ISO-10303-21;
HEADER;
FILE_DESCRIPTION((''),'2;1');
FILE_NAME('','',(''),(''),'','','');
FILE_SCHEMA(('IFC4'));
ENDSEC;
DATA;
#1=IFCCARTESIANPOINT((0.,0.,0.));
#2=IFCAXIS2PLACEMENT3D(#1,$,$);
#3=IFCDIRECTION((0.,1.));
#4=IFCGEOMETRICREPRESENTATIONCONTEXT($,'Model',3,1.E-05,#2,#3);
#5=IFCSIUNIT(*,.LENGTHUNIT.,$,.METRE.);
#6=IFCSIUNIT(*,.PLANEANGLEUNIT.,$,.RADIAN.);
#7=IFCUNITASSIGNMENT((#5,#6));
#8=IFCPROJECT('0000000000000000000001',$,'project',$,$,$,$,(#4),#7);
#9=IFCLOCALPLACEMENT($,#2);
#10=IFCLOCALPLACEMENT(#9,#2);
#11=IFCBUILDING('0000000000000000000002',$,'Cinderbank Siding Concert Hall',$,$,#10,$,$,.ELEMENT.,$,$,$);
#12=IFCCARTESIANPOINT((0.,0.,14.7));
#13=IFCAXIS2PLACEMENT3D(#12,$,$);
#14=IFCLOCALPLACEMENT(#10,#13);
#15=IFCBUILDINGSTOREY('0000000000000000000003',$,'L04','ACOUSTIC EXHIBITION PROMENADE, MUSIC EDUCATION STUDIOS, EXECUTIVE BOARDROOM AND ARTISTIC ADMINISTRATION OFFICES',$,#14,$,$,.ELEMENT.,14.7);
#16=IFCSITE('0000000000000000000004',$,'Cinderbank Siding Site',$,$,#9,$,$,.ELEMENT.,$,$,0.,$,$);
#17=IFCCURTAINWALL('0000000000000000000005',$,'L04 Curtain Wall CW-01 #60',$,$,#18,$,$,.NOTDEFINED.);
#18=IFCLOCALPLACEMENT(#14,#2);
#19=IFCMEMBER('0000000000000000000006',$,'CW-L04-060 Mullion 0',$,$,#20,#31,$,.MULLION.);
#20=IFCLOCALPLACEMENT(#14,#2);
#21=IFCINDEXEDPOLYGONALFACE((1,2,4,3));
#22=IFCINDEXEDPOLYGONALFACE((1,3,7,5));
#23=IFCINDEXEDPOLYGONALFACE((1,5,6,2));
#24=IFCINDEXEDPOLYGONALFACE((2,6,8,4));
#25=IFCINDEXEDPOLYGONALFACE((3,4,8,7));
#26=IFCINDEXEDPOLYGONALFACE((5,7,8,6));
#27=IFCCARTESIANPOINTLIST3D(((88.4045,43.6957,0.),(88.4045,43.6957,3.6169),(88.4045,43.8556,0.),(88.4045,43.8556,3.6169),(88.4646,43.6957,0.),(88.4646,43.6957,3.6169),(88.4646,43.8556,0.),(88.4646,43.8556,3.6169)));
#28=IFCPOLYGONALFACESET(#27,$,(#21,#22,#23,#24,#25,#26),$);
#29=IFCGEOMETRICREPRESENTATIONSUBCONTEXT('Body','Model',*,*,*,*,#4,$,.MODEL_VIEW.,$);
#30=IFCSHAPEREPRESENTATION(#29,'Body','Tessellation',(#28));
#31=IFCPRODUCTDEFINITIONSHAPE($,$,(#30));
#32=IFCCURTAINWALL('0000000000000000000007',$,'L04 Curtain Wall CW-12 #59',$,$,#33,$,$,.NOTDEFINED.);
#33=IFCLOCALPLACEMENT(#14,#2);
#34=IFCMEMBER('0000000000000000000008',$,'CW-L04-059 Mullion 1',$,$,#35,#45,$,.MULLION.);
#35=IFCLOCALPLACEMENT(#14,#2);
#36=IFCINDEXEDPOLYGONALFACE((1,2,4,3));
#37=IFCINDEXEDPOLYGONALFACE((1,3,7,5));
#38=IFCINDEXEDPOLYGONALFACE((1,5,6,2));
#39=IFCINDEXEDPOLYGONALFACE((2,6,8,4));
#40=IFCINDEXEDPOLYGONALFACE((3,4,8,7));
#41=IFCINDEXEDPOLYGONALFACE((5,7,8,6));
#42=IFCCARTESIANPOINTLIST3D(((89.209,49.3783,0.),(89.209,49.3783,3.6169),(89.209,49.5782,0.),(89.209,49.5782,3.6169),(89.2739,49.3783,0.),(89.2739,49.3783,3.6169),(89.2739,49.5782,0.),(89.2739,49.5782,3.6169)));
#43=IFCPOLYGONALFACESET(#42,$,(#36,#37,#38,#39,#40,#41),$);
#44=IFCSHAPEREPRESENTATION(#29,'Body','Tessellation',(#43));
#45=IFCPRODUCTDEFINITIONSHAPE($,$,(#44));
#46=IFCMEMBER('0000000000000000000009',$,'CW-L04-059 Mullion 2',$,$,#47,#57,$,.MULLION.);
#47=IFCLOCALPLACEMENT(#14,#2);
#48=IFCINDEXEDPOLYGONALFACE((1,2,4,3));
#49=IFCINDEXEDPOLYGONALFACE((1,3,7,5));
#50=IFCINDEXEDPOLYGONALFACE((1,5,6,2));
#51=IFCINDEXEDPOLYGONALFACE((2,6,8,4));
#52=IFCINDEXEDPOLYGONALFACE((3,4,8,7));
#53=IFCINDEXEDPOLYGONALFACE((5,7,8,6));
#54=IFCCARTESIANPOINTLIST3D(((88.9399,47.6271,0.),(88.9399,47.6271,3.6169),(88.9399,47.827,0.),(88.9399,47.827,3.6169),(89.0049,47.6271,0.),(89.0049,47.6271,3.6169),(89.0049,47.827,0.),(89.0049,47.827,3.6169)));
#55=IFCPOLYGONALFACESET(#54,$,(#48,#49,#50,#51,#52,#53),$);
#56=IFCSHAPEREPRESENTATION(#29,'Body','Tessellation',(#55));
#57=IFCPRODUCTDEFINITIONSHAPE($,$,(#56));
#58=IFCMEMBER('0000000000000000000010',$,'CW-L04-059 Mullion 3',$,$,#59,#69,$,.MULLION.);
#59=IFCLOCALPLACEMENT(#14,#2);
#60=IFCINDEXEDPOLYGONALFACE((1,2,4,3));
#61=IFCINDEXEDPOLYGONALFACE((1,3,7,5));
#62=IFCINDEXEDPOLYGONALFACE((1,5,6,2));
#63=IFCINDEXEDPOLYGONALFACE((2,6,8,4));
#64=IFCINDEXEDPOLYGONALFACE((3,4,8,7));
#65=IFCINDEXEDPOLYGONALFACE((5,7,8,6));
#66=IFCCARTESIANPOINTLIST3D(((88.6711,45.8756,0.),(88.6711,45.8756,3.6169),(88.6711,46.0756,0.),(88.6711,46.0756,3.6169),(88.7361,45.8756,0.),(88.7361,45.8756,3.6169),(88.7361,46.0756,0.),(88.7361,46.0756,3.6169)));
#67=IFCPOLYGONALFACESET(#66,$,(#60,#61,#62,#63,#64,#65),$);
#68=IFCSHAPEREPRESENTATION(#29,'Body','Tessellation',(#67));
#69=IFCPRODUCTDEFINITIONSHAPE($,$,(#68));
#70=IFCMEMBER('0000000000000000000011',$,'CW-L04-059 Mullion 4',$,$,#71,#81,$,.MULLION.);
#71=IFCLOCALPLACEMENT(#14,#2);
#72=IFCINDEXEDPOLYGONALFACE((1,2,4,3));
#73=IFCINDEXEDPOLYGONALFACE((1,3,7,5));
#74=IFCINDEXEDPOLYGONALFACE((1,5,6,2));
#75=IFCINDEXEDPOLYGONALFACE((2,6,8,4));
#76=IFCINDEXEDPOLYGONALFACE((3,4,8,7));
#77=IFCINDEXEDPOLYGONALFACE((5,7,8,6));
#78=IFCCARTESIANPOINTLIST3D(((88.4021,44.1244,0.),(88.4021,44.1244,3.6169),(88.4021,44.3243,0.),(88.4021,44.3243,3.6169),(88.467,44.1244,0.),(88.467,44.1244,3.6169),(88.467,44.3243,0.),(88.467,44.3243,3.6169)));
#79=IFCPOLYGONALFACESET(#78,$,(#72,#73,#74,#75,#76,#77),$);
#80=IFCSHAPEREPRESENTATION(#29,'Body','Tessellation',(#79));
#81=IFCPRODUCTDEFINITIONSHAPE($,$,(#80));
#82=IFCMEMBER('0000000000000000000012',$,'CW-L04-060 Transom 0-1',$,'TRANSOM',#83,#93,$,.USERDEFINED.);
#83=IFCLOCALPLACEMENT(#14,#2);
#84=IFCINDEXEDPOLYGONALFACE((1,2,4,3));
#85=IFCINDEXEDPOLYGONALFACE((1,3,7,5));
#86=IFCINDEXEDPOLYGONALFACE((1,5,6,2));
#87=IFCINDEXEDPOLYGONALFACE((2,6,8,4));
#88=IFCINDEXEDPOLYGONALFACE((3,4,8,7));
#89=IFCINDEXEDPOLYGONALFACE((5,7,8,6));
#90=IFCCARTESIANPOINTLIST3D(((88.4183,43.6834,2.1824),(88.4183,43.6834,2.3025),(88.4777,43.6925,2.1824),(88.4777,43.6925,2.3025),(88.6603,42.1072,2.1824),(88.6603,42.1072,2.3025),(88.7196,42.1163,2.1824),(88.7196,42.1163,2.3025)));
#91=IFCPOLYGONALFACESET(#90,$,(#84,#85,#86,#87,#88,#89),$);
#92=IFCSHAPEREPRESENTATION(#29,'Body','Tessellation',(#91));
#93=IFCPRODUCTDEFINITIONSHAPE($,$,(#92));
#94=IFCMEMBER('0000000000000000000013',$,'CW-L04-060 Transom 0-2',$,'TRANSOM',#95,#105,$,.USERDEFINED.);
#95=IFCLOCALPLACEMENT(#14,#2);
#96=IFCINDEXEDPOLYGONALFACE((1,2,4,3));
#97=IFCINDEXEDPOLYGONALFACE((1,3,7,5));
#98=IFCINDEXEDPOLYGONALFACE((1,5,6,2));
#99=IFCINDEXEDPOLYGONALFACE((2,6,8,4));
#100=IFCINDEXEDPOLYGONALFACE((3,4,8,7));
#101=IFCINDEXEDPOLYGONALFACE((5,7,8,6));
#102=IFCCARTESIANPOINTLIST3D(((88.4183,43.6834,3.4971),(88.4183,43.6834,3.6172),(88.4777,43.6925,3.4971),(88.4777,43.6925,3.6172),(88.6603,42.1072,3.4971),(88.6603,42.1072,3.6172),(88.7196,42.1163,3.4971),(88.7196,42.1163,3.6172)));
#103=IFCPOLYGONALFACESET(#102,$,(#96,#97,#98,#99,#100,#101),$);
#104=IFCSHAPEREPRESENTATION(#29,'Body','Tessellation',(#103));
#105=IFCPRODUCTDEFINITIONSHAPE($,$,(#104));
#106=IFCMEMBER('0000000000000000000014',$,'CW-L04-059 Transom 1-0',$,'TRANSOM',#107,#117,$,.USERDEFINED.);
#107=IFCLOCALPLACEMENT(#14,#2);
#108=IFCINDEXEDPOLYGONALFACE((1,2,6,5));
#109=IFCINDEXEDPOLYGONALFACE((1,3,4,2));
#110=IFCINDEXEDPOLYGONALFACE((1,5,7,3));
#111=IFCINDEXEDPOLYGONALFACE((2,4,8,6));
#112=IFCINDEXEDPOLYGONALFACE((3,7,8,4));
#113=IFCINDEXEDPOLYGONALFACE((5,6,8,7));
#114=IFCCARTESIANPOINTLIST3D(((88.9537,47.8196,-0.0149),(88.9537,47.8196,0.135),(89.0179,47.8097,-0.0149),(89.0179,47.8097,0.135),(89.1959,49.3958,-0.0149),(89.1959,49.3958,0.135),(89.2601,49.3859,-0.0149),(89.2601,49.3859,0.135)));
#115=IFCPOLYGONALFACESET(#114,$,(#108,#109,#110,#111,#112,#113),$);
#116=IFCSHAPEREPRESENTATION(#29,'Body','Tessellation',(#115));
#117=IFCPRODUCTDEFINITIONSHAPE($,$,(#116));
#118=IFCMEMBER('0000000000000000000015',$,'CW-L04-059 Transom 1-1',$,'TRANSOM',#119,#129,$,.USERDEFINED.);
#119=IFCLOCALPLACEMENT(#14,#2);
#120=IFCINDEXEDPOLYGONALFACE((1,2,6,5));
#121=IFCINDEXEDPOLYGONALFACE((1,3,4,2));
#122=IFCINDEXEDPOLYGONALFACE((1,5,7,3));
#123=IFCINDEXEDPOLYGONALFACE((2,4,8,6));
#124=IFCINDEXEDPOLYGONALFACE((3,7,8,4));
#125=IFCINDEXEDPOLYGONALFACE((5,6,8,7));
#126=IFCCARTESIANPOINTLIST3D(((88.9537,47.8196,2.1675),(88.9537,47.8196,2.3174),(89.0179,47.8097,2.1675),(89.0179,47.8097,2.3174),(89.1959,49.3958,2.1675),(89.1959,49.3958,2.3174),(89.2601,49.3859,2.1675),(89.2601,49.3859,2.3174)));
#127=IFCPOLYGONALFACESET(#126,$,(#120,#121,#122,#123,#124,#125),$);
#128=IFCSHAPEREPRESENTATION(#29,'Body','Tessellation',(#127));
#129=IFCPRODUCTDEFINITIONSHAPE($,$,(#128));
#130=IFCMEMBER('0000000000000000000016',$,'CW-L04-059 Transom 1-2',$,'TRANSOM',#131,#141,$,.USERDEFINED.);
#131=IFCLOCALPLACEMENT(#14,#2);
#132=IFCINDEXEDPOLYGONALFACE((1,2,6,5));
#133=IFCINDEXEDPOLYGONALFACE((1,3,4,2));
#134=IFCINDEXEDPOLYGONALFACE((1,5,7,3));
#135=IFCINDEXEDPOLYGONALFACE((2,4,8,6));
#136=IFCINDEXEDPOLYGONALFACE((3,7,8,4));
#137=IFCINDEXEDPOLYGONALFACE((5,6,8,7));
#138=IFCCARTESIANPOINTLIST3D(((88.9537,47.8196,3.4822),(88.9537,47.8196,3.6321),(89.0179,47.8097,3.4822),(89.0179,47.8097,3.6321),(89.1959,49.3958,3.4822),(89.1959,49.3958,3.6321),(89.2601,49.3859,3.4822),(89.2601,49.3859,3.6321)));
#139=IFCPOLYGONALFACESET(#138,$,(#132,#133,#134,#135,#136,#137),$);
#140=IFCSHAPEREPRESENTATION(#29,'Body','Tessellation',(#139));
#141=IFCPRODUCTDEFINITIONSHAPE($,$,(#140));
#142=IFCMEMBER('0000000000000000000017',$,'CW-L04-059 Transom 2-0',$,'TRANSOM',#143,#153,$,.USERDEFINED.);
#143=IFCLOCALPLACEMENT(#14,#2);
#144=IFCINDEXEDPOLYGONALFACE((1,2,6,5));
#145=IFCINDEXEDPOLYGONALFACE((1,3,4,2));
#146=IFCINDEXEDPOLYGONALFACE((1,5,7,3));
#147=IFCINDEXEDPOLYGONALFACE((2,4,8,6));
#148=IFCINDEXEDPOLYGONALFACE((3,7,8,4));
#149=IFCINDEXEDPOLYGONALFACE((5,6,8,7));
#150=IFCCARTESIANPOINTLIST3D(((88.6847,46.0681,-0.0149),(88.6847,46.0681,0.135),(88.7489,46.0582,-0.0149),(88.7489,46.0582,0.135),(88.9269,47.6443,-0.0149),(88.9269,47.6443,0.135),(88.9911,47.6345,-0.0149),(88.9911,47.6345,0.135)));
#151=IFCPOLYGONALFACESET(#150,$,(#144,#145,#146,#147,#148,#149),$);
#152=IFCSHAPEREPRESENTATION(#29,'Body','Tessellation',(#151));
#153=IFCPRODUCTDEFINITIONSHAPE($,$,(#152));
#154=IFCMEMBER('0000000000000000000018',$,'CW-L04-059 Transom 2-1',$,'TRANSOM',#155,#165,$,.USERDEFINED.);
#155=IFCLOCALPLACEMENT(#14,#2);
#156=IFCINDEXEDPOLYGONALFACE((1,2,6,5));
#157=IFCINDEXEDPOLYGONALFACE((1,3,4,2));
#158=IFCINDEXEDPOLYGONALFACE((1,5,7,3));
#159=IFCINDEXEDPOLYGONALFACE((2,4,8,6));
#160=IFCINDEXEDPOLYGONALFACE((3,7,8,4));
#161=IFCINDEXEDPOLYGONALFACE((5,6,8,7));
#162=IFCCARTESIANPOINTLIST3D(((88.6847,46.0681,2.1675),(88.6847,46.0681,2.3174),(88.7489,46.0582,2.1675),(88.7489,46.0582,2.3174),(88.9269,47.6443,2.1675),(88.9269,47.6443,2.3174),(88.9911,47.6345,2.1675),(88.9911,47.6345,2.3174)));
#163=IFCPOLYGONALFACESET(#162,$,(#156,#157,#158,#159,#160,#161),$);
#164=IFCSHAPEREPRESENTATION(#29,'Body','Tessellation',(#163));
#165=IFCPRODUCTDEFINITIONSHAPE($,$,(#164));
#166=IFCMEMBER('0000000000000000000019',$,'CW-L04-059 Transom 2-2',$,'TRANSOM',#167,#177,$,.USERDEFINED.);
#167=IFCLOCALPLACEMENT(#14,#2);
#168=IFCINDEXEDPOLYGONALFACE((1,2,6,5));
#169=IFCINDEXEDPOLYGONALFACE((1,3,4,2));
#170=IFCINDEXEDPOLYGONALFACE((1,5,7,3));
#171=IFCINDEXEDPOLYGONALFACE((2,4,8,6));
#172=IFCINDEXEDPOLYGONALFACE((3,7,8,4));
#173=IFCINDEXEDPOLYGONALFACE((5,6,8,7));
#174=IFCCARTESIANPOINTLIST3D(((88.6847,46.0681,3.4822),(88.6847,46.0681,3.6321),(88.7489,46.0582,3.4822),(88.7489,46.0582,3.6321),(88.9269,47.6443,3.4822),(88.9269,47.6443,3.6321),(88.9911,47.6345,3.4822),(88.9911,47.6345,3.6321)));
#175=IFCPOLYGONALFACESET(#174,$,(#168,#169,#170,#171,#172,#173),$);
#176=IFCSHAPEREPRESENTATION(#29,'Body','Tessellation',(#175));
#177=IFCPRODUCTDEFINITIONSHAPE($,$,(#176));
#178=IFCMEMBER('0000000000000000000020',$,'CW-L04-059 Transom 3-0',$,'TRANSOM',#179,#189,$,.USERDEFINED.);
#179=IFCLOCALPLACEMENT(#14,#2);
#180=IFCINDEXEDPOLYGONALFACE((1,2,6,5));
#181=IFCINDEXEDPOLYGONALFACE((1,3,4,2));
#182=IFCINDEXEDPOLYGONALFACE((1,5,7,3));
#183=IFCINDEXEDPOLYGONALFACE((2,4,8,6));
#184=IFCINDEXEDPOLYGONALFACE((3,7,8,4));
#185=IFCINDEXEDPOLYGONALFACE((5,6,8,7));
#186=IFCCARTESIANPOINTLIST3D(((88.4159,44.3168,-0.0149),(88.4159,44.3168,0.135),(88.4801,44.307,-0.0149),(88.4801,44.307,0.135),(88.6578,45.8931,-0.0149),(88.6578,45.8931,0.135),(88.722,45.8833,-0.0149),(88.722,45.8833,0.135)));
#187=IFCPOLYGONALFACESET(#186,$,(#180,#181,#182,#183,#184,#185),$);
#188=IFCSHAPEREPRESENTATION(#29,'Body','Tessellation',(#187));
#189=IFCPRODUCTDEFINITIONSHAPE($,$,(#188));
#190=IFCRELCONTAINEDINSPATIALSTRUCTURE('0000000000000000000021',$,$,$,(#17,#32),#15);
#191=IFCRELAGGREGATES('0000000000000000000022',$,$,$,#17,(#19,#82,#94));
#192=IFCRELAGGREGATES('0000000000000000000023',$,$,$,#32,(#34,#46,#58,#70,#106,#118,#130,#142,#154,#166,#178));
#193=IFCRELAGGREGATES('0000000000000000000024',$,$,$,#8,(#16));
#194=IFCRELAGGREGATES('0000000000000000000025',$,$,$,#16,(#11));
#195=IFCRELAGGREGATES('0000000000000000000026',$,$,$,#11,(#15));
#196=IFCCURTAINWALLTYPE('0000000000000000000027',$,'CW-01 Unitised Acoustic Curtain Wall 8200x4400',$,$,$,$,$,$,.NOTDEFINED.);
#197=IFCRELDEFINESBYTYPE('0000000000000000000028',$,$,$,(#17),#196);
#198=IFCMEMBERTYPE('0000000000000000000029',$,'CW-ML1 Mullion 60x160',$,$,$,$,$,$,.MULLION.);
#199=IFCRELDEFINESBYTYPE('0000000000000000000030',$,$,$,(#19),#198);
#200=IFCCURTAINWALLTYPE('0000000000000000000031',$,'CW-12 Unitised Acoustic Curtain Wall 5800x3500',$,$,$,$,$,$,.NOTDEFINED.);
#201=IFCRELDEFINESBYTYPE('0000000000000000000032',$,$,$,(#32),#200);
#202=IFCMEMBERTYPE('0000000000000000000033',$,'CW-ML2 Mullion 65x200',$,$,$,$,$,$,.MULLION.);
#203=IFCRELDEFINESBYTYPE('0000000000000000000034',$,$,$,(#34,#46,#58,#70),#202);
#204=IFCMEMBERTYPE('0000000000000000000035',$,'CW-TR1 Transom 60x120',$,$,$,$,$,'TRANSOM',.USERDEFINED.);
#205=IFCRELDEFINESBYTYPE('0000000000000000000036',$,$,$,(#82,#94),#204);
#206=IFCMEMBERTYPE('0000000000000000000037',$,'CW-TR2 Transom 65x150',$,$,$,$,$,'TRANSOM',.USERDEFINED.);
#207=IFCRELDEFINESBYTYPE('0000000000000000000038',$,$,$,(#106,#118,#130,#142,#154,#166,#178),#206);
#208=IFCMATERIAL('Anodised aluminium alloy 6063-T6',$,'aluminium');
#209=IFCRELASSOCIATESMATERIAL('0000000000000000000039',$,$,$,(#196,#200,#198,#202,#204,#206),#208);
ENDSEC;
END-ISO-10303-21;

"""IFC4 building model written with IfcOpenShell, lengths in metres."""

from ifc_helpers import new_model, si_unit, direction, frame, origin, origin_2d, place, context, subcontext, project, spatial, rectangle, extrude, material, material_profile, profile_set, type_object, element, aggregate, save


model = new_model("IFC4")

# Units and contexts
model_context = context("Model", 3, precision=1e-05, world=origin(), true_north=direction((0.0, 1.0)))
body_context = subcontext(model_context, "Body", "Model", "MODEL_VIEW")
ifc_project = project(units=[si_unit("LENGTHUNIT", "METRE"), si_unit("PLANEANGLEUNIT", "RADIAN")], contexts=[model_context])

# Site, building, storey
site_placement = place(None, origin())
site = spatial("IfcSite", under=ifc_project, at=site_placement, Name="Cinderbank Siding Site", CompositionType="ELEMENT", RefElevation=0.0)
building_placement = place(site_placement, origin())
building = spatial("IfcBuilding", under=site, at=building_placement, Name="Cinderbank Siding Concert Hall", CompositionType="ELEMENT")
storey_placement = place(building_placement, frame((0.0, 0.0, 14.7)))
storey = spatial("IfcBuildingStorey", under=building, at=storey_placement, Name="L04", Description="ACOUSTIC EXHIBITION PROMENADE, MUSIC EDUCATION STUDIOS, EXECUTIVE BOARDROOM AND ARTISTIC ADMINISTRATION OFFICES", CompositionType="ELEMENT", Elevation=14.7)

# Curtain wall, member
ifc_material_1 = material(Name="Anodised aluminium alloy 6063-T6", Category="aluminium")
curtain_wall_type_1 = type_object("IfcCurtainWallType", Name="CW-01 Unitised Acoustic Curtain Wall 8200x4400", PredefinedType="NOTDEFINED", material=ifc_material_1)
curtain_wall_1_placement = place(storey_placement, origin())
curtain_wall_1 = element("IfcCurtainWall", 1, at=curtain_wall_1_placement, inside=storey, type_object=curtain_wall_type_1, Name="L04 Curtain Wall CW-01 #60", PredefinedType="NOTDEFINED")
ifc_material_profile_1 = material_profile(ifc_material_1, rectangle(XDim=0.0601, YDim=0.1599, at=origin_2d()), Name="ALU-MULL-60x160", Category="LoadBearing")
ifc_profile_set_1 = profile_set([ifc_material_profile_1], Name="Anodised aluminium alloy 6063-T6")
member_type_1 = type_object("IfcMemberType", Name="CW-ML1 Mullion 60x160", PredefinedType="MULLION", material=ifc_profile_set_1)
member_1_placement = place(storey_placement, frame((88.4346, 43.7756, 0.0), z_axis=(0.0, 0.0, 1.0), x_axis=(1.0, 0.0, 0.0)))
member_1 = element("IfcMember", 2, at=member_1_placement, type_object=member_type_1, Name="CW-L04-060 Mullion 0", PredefinedType="MULLION", context=body_context, shape_type="SweptSolid", body=[
    extrude(rectangle(XDim=0.0601, YDim=0.1599, at=origin_2d()), origin(), (0.0, 0.0, 1.0), 3.6169),
])

# Curtain wall, members
curtain_wall_type_2 = type_object("IfcCurtainWallType", Name="CW-12 Unitised Acoustic Curtain Wall 5800x3500", PredefinedType="NOTDEFINED", material=ifc_material_1)
curtain_wall_2_placement = place(storey_placement, origin())
curtain_wall_2 = element("IfcCurtainWall", 3, at=curtain_wall_2_placement, inside=storey, type_object=curtain_wall_type_2, Name="L04 Curtain Wall CW-12 #59", PredefinedType="NOTDEFINED")
ifc_material_profile_2 = material_profile(ifc_material_1, rectangle(XDim=0.0649, YDim=0.2, at=origin_2d()), Name="ALU-MULL-65x200", Category="LoadBearing")
ifc_profile_set_2 = profile_set([ifc_material_profile_2], Name="Anodised aluminium alloy 6063-T6")
member_type_2 = type_object("IfcMemberType", Name="CW-ML2 Mullion 65x200", PredefinedType="MULLION", material=ifc_profile_set_2)
member_2_placement = place(storey_placement, frame((89.2415, 49.4783, 0.0), z_axis=(0.0, 0.0, 1.0), x_axis=(1.0, 0.0, 0.0)))
member_2 = element("IfcMember", 4, at=member_2_placement, type_object=member_type_2, Name="CW-L04-059 Mullion 1", PredefinedType="MULLION", context=body_context, shape_type="SweptSolid", body=[
    extrude(rectangle(XDim=0.0649, YDim=0.2, at=origin_2d()), origin(), (0.0, 0.0, 1.0), 3.6169),
])
member_3_placement = place(storey_placement, frame((88.9724, 47.7271, 0.0), z_axis=(0.0, 0.0, 1.0), x_axis=(1.0, 0.0, 0.0)))
member_3 = element("IfcMember", 5, at=member_3_placement, type_object=member_type_2, Name="CW-L04-059 Mullion 2", PredefinedType="MULLION", context=body_context, shape_type="SweptSolid", body=[
    extrude(rectangle(XDim=0.0649, YDim=0.2, at=origin_2d()), origin(), (0.0, 0.0, 1.0), 3.6169),
])
member_4_placement = place(storey_placement, frame((88.7036, 45.9756, 0.0), z_axis=(0.0, 0.0, 1.0), x_axis=(1.0, 0.0, 0.0)))
member_4 = element("IfcMember", 6, at=member_4_placement, type_object=member_type_2, Name="CW-L04-059 Mullion 3", PredefinedType="MULLION", context=body_context, shape_type="SweptSolid", body=[
    extrude(rectangle(XDim=0.0649, YDim=0.2, at=origin_2d()), origin(), (0.0, 0.0, 1.0), 3.6169),
])
member_5_placement = place(storey_placement, frame((88.4346, 44.2244, 0.0), z_axis=(0.0, 0.0, 1.0), x_axis=(1.0, 0.0, 0.0)))
member_5 = element("IfcMember", 7, at=member_5_placement, type_object=member_type_2, Name="CW-L04-059 Mullion 4", PredefinedType="MULLION", context=body_context, shape_type="SweptSolid", body=[
    extrude(rectangle(XDim=0.0649, YDim=0.2, at=origin_2d()), origin(), (0.0, 0.0, 1.0), 3.6169),
])

# Members
ifc_material_profile_3 = material_profile(ifc_material_1, rectangle(XDim=0.0601, YDim=0.1201, at=origin_2d()), Name="ALU-TRAN-60x120", Category="LoadBearing")
ifc_profile_set_3 = profile_set([ifc_material_profile_3], Name="Anodised aluminium alloy 6063-T6")
member_type_3 = type_object("IfcMemberType", Name="CW-TR1 Transom 60x120", ElementType="TRANSOM", PredefinedType="USERDEFINED", material=ifc_profile_set_3)
member_6_placement = place(storey_placement, frame((88.448, 43.688, 2.2424), z_axis=(0.151724, -0.988423, 0.0), x_axis=(0.988423, 0.151724, 0.0)))
member_6 = element("IfcMember", 8, at=member_6_placement, type_object=member_type_3, Name="CW-L04-060 Transom 0-1", ObjectType="TRANSOM", PredefinedType="USERDEFINED", context=body_context, shape_type="SweptSolid", body=[
    extrude(rectangle(XDim=0.0601, YDim=0.1201, at=origin_2d()), origin(), (0.0, 0.0, 1.0), 1.5947),
])
member_7_placement = place(storey_placement, frame((88.448, 43.688, 3.5571), z_axis=(0.151724, -0.988423, 0.0), x_axis=(0.988423, 0.151724, 0.0)))
member_7 = element("IfcMember", 9, at=member_7_placement, type_object=member_type_3, Name="CW-L04-060 Transom 0-2", ObjectType="TRANSOM", PredefinedType="USERDEFINED", context=body_context, shape_type="SweptSolid", body=[
    extrude(rectangle(XDim=0.0601, YDim=0.1201, at=origin_2d()), origin(), (0.0, 0.0, 1.0), 1.5947),
])
aggregate(curtain_wall_1, [member_1, member_6, member_7])
ifc_material_profile_4 = material_profile(ifc_material_1, rectangle(XDim=0.0649, YDim=0.1499, at=origin_2d()), Name="ALU-TRAN-65x150", Category="LoadBearing")
ifc_profile_set_4 = profile_set([ifc_material_profile_4], Name="Anodised aluminium alloy 6063-T6")
member_type_4 = type_object("IfcMemberType", Name="CW-TR2 Transom 65x150", ElementType="TRANSOM", PredefinedType="USERDEFINED", material=ifc_profile_set_4)
member_8_placement = place(storey_placement, frame((89.228, 49.3909, 0.0601), z_axis=(-0.151873, -0.9884, 0.0), x_axis=(0.9884, -0.151873, 0.0)))
member_8 = element("IfcMember", 10, at=member_8_placement, type_object=member_type_4, Name="CW-L04-059 Transom 1-0", ObjectType="TRANSOM", PredefinedType="USERDEFINED", context=body_context, shape_type="SweptSolid", body=[
    extrude(rectangle(XDim=0.0649, YDim=0.1499, at=origin_2d()), origin(), (0.0, 0.0, 1.0), 1.5947),
])
member_9_placement = place(storey_placement, frame((89.228, 49.3909, 2.2424), z_axis=(-0.151873, -0.9884, 0.0), x_axis=(0.9884, -0.151873, 0.0)))
member_9 = element("IfcMember", 11, at=member_9_placement, type_object=member_type_4, Name="CW-L04-059 Transom 1-1", ObjectType="TRANSOM", PredefinedType="USERDEFINED", context=body_context, shape_type="SweptSolid", body=[
    extrude(rectangle(XDim=0.0649, YDim=0.1499, at=origin_2d()), origin(), (0.0, 0.0, 1.0), 1.5947),
])
member_10_placement = place(storey_placement, frame((89.228, 49.3909, 3.5571), z_axis=(-0.151873, -0.9884, 0.0), x_axis=(0.9884, -0.151873, 0.0)))
member_10 = element("IfcMember", 12, at=member_10_placement, type_object=member_type_4, Name="CW-L04-059 Transom 1-2", ObjectType="TRANSOM", PredefinedType="USERDEFINED", context=body_context, shape_type="SweptSolid", body=[
    extrude(rectangle(XDim=0.0649, YDim=0.1499, at=origin_2d()), origin(), (0.0, 0.0, 1.0), 1.5947),
])
member_11_placement = place(storey_placement, frame((88.959, 47.6394, 0.0601), z_axis=(-0.151873, -0.9884, 0.0), x_axis=(0.9884, -0.151873, 0.0)))
member_11 = element("IfcMember", 13, at=member_11_placement, type_object=member_type_4, Name="CW-L04-059 Transom 2-0", ObjectType="TRANSOM", PredefinedType="USERDEFINED", context=body_context, shape_type="SweptSolid", body=[
    extrude(rectangle(XDim=0.0649, YDim=0.1499, at=origin_2d()), origin(), (0.0, 0.0, 1.0), 1.5947),
])
member_12_placement = place(storey_placement, frame((88.959, 47.6394, 2.2424), z_axis=(-0.151873, -0.9884, 0.0), x_axis=(0.9884, -0.151873, 0.0)))
member_12 = element("IfcMember", 14, at=member_12_placement, type_object=member_type_4, Name="CW-L04-059 Transom 2-1", ObjectType="TRANSOM", PredefinedType="USERDEFINED", context=body_context, shape_type="SweptSolid", body=[
    extrude(rectangle(XDim=0.0649, YDim=0.1499, at=origin_2d()), origin(), (0.0, 0.0, 1.0), 1.5947),
])
member_13_placement = place(storey_placement, frame((88.959, 47.6394, 3.5571), z_axis=(-0.151873, -0.9884, 0.0), x_axis=(0.9884, -0.151873, 0.0)))
member_13 = element("IfcMember", 15, at=member_13_placement, type_object=member_type_4, Name="CW-L04-059 Transom 2-2", ObjectType="TRANSOM", PredefinedType="USERDEFINED", context=body_context, shape_type="SweptSolid", body=[
    extrude(rectangle(XDim=0.0649, YDim=0.1499, at=origin_2d()), origin(), (0.0, 0.0, 1.0), 1.5947),
])
member_14_placement = place(storey_placement, frame((88.6899, 45.8882, 0.0601), z_axis=(-0.151724, -0.988423, 0.0), x_axis=(0.988423, -0.151724, 0.0)))
member_14 = element("IfcMember", 16, at=member_14_placement, type_object=member_type_4, Name="CW-L04-059 Transom 3-0", ObjectType="TRANSOM", PredefinedType="USERDEFINED", context=body_context, shape_type="SweptSolid", body=[
    extrude(rectangle(XDim=0.0649, YDim=0.1499, at=origin_2d()), origin(), (0.0, 0.0, 1.0), 1.5947),
])

aggregate(curtain_wall_2, [member_2, member_3, member_4, member_5, member_8, member_9, member_10, member_11, member_12, member_13, member_14])

save(model, "model.ifc")
